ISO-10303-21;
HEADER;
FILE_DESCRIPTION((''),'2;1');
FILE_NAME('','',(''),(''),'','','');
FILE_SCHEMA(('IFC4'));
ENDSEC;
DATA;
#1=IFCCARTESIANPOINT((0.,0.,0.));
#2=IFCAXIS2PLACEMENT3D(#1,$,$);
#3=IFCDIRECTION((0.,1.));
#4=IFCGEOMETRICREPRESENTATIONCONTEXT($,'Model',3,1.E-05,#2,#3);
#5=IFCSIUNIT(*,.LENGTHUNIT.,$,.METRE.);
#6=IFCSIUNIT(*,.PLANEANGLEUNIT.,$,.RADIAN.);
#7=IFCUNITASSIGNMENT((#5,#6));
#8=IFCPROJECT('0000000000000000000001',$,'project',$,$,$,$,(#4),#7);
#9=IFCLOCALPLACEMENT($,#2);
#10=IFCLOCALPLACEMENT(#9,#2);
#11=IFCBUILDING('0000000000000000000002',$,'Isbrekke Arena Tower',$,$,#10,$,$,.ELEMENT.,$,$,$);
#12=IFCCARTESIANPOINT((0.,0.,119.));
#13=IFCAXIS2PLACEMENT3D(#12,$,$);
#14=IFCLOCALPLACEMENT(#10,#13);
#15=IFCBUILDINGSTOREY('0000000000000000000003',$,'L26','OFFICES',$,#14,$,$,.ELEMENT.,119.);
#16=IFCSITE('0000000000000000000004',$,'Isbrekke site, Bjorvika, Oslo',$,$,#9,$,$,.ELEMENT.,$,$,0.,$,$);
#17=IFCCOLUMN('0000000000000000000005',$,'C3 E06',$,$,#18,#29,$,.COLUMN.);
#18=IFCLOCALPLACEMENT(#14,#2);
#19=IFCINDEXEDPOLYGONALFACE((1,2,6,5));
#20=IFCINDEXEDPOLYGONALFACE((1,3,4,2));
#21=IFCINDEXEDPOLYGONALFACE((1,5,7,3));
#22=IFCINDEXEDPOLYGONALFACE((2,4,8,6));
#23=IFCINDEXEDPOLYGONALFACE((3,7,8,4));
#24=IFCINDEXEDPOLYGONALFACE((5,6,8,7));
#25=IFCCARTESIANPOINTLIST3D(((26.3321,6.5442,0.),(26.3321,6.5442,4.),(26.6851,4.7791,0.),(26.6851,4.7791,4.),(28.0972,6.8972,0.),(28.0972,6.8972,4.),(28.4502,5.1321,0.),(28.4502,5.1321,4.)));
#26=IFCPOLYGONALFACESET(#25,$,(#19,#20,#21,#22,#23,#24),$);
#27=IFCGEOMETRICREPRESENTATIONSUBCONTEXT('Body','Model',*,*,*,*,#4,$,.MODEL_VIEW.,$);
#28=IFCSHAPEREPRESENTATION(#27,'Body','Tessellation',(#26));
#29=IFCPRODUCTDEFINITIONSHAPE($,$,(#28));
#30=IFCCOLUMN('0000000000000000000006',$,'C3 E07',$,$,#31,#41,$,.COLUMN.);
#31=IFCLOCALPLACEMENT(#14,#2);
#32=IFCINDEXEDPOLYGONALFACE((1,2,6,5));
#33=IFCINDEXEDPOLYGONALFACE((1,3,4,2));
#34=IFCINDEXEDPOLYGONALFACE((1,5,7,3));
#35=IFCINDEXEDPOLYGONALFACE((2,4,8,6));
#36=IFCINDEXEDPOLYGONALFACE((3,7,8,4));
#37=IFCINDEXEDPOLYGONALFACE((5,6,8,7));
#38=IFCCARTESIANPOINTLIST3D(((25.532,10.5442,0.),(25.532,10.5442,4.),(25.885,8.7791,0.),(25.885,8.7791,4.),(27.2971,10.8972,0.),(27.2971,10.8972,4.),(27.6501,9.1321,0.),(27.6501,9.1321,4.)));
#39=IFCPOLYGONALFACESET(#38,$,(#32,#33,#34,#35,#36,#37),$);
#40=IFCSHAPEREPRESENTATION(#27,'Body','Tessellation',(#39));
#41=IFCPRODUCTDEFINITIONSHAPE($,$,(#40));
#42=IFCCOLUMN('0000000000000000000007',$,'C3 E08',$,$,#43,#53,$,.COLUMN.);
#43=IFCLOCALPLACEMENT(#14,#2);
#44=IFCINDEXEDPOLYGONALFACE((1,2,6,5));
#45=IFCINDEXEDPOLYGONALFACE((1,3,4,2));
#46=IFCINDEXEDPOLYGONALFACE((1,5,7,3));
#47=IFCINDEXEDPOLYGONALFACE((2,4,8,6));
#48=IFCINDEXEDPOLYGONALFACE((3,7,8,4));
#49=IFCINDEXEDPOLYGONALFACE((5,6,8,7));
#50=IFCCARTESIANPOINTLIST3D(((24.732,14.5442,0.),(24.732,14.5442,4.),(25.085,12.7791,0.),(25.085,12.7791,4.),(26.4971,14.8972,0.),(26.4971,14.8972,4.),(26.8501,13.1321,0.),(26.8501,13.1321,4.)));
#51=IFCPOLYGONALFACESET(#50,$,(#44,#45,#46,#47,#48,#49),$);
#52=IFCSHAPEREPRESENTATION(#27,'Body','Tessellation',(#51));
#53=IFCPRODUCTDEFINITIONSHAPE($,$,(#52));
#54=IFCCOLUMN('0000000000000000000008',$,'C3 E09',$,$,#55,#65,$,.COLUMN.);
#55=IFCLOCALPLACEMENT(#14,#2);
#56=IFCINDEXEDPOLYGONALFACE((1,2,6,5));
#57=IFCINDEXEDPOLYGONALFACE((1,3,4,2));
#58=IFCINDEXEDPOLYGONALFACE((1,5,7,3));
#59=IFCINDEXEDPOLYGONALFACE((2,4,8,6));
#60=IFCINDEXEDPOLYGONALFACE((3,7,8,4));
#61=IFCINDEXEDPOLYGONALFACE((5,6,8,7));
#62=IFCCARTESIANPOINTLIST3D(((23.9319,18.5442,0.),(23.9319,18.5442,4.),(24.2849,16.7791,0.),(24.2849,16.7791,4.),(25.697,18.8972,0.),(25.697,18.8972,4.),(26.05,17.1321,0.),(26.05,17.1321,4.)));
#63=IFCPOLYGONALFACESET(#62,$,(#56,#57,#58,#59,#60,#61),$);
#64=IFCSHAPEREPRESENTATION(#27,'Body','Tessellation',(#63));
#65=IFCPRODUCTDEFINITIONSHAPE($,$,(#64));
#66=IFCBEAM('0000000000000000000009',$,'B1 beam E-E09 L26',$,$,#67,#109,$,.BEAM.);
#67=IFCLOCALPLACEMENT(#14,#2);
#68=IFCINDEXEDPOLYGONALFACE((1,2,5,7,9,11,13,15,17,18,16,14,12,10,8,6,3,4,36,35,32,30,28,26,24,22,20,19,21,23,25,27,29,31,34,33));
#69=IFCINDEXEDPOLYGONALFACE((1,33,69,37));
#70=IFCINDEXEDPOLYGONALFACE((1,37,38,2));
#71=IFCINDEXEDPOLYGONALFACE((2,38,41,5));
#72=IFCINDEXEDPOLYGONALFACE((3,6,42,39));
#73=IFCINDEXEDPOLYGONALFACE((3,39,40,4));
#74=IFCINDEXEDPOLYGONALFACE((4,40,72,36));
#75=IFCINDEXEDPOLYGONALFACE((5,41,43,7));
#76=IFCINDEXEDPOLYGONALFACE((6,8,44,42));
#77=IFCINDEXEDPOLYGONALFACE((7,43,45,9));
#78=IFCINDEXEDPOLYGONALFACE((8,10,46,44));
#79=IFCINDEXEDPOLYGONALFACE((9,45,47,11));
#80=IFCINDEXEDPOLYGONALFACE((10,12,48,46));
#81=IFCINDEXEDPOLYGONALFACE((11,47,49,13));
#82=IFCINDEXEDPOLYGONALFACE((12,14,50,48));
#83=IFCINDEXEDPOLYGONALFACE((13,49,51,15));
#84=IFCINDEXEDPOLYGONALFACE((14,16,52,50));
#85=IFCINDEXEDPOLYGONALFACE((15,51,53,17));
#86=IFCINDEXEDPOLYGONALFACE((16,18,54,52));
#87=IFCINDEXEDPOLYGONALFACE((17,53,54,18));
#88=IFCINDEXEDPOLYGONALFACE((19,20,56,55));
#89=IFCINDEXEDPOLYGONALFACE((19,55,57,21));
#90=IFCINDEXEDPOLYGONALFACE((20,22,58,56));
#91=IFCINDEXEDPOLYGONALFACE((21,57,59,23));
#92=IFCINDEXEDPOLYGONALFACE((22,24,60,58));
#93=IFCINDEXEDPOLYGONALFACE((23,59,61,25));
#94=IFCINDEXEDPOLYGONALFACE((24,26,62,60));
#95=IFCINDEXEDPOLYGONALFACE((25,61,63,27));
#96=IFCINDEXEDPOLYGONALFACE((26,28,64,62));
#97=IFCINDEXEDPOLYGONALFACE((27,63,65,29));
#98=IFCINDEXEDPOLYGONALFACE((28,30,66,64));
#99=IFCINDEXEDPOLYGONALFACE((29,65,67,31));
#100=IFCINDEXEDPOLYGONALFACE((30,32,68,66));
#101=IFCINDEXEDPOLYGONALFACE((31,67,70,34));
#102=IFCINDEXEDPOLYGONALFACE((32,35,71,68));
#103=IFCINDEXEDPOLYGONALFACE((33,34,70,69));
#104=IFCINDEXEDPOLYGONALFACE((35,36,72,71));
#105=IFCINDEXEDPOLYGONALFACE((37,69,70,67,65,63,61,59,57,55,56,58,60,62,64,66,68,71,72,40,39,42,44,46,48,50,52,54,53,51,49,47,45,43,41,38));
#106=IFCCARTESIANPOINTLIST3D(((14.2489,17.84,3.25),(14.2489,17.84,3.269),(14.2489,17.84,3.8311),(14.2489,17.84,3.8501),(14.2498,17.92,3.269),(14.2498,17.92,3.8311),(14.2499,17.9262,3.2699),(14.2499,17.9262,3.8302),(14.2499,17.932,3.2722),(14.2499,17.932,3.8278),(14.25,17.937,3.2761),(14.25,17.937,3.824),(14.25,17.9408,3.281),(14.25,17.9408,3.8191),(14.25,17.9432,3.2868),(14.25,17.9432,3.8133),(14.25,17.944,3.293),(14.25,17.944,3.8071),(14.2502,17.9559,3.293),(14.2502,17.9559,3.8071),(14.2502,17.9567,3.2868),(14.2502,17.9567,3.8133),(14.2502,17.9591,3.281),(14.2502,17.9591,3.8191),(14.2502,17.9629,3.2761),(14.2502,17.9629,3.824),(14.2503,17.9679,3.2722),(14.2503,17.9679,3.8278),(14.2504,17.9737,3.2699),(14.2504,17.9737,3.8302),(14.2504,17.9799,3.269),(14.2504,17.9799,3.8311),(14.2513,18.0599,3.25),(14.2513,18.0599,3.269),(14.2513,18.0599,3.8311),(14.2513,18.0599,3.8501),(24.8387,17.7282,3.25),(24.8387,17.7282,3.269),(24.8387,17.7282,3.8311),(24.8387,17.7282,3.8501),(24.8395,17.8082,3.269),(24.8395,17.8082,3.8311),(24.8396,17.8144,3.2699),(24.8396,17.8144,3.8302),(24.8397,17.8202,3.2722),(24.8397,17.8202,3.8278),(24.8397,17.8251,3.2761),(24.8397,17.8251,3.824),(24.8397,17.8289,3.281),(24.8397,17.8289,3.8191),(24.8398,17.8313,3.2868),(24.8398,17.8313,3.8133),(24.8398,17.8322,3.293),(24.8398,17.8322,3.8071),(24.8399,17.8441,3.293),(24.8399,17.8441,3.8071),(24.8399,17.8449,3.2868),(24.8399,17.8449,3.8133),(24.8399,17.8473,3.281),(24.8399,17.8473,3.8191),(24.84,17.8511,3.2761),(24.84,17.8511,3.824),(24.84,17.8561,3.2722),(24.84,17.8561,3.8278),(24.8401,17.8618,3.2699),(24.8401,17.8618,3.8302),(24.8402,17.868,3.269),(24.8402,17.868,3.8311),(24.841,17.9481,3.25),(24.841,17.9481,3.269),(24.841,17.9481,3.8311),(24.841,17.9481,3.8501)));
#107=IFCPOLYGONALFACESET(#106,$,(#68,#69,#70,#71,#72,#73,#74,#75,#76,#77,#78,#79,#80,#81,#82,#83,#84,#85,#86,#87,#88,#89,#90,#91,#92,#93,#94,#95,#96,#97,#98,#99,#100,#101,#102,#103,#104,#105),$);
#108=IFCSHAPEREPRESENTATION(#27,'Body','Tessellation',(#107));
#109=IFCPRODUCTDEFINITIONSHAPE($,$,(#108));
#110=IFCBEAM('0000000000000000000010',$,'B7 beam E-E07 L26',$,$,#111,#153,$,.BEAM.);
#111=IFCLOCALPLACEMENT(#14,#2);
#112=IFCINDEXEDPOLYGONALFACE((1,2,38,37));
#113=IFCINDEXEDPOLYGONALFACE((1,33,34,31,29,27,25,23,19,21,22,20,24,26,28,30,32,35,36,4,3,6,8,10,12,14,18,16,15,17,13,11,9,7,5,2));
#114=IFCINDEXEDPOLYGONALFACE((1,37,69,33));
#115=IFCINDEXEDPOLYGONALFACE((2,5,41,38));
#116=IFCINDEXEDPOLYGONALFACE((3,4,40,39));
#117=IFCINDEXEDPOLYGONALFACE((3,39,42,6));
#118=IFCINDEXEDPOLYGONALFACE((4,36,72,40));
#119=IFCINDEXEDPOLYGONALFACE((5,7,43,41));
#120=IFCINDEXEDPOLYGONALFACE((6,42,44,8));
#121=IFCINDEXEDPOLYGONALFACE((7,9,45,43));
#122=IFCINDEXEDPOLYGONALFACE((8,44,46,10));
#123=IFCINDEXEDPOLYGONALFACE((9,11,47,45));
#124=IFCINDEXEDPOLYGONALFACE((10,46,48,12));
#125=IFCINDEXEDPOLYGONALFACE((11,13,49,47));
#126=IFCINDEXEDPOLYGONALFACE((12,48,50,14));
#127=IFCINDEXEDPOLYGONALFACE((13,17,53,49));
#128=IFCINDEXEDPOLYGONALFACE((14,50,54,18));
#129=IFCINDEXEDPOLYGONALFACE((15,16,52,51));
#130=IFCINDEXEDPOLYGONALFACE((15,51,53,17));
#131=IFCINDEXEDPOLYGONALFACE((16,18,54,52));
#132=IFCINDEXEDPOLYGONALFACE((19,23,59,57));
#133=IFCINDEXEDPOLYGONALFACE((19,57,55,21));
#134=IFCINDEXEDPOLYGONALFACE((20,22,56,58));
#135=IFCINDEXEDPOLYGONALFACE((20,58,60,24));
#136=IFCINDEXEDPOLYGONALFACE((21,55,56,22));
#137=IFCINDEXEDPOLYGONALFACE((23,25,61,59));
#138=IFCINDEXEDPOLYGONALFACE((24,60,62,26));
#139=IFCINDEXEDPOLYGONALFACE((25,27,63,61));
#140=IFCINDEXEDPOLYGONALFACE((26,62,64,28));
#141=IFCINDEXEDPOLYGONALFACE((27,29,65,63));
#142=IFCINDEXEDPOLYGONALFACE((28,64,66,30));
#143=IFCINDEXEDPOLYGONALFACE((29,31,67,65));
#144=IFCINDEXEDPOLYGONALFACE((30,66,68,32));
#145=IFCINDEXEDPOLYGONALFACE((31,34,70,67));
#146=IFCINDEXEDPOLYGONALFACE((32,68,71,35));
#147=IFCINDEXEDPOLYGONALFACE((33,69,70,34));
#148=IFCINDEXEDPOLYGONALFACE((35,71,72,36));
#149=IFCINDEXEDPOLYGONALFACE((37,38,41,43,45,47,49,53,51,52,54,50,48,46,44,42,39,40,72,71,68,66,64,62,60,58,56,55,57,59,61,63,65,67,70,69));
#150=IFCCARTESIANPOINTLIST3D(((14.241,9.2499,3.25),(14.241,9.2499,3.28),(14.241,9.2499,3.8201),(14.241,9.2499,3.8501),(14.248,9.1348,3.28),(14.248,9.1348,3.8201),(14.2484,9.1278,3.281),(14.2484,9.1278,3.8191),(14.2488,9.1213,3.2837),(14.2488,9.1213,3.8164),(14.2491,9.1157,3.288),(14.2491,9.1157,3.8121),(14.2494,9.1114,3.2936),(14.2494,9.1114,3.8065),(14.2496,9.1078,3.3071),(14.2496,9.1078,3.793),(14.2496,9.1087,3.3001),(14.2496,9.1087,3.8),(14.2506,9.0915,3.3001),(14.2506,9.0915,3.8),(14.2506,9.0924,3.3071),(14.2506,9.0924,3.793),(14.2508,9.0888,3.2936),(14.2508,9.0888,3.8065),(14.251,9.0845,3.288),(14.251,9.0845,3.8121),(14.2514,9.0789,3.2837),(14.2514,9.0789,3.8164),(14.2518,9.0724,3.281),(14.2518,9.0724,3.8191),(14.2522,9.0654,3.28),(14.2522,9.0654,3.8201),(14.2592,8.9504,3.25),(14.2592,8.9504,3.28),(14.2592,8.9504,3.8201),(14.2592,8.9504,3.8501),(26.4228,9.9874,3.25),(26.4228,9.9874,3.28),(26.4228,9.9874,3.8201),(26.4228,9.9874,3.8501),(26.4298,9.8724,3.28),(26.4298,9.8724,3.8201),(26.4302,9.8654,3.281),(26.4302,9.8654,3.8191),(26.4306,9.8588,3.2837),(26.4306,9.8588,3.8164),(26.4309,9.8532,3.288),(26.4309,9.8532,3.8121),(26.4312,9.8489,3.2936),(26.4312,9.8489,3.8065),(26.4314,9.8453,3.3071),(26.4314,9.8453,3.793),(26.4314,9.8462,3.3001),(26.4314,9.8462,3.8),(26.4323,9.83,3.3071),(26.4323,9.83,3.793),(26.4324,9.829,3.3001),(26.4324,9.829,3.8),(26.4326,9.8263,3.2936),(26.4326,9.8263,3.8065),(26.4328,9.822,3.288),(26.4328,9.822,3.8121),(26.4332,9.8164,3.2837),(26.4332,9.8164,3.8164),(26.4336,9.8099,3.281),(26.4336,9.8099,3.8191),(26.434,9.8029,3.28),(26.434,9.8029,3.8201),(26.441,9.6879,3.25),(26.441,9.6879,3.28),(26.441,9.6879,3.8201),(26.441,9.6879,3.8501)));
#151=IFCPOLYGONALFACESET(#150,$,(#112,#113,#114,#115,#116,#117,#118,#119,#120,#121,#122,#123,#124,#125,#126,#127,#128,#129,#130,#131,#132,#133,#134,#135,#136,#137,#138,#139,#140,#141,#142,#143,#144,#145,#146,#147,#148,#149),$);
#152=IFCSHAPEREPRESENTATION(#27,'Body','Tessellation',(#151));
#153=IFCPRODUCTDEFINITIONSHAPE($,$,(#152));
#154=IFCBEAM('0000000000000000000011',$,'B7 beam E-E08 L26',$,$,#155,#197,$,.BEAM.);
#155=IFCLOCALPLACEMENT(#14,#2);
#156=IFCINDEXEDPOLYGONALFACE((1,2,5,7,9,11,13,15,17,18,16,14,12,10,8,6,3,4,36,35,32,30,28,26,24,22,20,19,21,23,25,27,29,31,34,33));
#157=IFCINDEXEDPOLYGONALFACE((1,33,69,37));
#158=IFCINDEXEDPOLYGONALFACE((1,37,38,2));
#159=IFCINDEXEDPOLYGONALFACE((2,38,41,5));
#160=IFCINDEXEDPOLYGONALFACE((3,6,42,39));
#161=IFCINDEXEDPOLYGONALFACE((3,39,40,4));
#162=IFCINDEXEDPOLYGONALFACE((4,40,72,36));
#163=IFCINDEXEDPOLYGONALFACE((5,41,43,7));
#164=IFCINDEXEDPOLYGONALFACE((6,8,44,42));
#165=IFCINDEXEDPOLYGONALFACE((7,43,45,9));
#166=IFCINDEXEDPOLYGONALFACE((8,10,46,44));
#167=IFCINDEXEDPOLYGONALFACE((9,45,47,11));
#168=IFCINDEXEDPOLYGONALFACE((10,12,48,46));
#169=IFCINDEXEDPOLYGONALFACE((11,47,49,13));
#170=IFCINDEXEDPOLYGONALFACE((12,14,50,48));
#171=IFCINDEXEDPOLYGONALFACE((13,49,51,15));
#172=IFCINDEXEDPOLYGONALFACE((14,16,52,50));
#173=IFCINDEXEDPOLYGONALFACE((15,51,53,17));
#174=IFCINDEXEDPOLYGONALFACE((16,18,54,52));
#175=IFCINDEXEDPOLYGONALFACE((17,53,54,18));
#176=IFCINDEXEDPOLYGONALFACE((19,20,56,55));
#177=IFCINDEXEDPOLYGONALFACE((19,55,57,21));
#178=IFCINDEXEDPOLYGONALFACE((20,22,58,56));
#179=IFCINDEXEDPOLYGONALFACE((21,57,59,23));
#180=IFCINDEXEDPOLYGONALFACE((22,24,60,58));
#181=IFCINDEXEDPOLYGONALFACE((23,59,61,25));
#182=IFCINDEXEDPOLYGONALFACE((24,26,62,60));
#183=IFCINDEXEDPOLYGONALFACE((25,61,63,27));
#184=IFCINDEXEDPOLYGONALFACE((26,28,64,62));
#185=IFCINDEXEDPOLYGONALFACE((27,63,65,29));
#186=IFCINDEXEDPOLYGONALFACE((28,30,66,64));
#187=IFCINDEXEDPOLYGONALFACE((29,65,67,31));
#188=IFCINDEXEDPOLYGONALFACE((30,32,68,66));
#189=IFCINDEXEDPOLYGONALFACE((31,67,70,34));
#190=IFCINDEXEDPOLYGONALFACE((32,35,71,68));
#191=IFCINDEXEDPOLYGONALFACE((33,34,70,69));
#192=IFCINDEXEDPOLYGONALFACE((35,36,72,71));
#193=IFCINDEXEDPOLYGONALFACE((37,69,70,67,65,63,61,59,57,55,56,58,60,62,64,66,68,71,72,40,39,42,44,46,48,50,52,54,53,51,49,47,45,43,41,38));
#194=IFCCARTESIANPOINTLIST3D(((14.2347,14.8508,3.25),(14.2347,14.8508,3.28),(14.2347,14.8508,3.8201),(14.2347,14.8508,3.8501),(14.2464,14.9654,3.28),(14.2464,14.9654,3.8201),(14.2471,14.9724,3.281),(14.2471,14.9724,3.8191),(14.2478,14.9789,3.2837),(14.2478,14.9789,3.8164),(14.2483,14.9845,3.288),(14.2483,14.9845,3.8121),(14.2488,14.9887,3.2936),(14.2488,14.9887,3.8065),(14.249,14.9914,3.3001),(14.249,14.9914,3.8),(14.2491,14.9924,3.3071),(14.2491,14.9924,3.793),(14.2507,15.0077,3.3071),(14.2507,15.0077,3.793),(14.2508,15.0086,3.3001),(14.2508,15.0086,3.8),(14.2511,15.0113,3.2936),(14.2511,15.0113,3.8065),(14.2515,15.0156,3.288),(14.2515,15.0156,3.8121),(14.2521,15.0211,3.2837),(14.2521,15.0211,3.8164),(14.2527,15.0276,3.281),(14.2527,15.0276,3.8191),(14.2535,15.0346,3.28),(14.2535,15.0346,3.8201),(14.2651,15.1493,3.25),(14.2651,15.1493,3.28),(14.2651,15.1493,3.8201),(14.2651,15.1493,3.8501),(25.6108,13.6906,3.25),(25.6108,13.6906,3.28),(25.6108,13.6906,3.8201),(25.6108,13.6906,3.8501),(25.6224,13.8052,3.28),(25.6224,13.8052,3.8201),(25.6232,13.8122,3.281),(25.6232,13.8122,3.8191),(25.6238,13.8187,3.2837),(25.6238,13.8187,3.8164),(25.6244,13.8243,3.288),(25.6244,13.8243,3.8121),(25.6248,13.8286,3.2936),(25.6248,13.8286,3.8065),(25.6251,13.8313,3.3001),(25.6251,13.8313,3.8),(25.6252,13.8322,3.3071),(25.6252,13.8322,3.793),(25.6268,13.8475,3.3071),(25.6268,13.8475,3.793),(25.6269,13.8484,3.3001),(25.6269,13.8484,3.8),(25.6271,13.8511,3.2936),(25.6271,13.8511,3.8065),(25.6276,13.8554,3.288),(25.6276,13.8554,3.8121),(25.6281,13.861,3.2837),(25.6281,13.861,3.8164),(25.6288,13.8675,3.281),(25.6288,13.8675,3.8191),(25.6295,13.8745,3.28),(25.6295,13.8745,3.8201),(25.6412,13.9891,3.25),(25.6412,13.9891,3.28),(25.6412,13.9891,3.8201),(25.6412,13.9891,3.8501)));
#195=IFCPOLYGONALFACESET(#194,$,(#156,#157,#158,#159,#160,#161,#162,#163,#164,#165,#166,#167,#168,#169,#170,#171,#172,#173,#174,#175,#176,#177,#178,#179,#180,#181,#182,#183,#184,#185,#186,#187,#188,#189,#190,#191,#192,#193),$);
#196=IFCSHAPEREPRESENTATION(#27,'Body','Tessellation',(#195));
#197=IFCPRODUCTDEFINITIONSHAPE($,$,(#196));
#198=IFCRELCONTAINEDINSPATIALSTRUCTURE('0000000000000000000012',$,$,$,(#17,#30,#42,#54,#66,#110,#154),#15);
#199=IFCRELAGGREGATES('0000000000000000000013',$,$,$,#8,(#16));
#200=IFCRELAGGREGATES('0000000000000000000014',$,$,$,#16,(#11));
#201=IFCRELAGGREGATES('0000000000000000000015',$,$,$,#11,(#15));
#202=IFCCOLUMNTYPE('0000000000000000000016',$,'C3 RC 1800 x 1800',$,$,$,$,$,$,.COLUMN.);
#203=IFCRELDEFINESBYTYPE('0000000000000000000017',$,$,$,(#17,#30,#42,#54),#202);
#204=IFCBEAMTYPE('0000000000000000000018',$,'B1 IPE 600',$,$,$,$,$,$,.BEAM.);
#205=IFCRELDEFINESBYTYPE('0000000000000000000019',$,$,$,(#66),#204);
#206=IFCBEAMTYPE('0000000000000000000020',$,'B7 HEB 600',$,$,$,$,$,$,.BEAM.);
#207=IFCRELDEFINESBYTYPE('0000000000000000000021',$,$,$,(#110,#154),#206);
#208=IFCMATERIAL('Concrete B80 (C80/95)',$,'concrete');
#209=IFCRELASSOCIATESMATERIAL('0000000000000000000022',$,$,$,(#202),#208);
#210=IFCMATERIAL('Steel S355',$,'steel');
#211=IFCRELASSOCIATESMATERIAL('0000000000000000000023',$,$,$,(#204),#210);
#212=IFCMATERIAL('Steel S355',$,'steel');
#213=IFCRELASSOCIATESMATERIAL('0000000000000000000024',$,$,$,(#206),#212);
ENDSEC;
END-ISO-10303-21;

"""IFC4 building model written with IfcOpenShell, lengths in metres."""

from ifc_helpers import new_model, si_unit, direction, frame, origin, origin_2d, place, context, subcontext, project, spatial, rectangle, i_section, extrude, material, material_profile, profile_set, type_object, element, save


model = new_model("IFC4")

# Units and contexts
model_context = context("Model", 3, precision=1e-05, world=origin(), true_north=direction((0.0, 1.0)))
body_context = subcontext(model_context, "Body", "Model", "MODEL_VIEW")
ifc_project = project(units=[si_unit("LENGTHUNIT", "METRE"), si_unit("PLANEANGLEUNIT", "RADIAN")], contexts=[model_context])

# Site, building, storey
site_placement = place(None, origin())
site = spatial("IfcSite", under=ifc_project, at=site_placement, Name="Isbrekke site, Bjorvika, Oslo", CompositionType="ELEMENT", RefElevation=0.0)
building_placement = place(site_placement, origin())
building = spatial("IfcBuilding", under=site, at=building_placement, Name="Isbrekke Arena Tower", CompositionType="ELEMENT")
storey_placement = place(building_placement, frame((0.0, 0.0, 119.0)))
storey = spatial("IfcBuildingStorey", under=building, at=storey_placement, Name="L26", Description="OFFICES", CompositionType="ELEMENT", Elevation=119.0)

# Columns
ifc_material_1 = material(Name="Concrete B80 (C80/95)", Category="concrete")
ifc_material_profile_1 = material_profile(ifc_material_1, rectangle(XDim=1.8, YDim=1.8, at=origin_2d()), Name="RC 1800x1800")
ifc_profile_set_1 = profile_set([ifc_material_profile_1], Name="Concrete B80 (C80/95)")
column_type = type_object("IfcColumnType", Name="C3 RC 1800 x 1800", PredefinedType="COLUMN", material=ifc_profile_set_1)
for number, where, z_axis, x_axis, name in (
    (1, (27.3911, 5.8381, 0.0), (0.0, 0.0, 1.0), (-0.196116, 0.980581, 0.0), "C3 E06"),
    (2, (26.5911, 9.8381, 0.0), (0.0, 0.0, 1.0), (-0.196116, 0.980581, 0.0), "C3 E07"),
    (3, (25.791, 13.8381, 0.0), (0.0, 0.0, 1.0), (-0.196116, 0.980581, 0.0), "C3 E08"),
    (4, (24.991, 17.8381, 0.0), (0.0, 0.0, 1.0), (-0.196116, 0.980581, 0.0), "C3 E09"),
):
    element("IfcColumn", number, at=place(storey_placement, frame(where, z_axis=z_axis, x_axis=x_axis)), inside=storey, type_object=column_type, Name=name, PredefinedType="COLUMN", context=body_context, shape_type="SweptSolid", body=[
        extrude(rectangle(XDim=1.8, YDim=1.8, at=origin_2d()), origin(), (0.0, 0.0, 1.0), 4.0),
    ])

# Beams
ifc_material_2 = material(Name="Steel S355", Category="steel")
ifc_material_profile_2 = material_profile(ifc_material_2, i_section(OverallWidth=0.22, OverallDepth=0.6001, WebThickness=0.012, FlangeThickness=0.019, FilletRadius=0.0239, at=origin_2d()), Name="IPE 600")
ifc_profile_set_2 = profile_set([ifc_material_profile_2], Name="Steel S355")
beam_type_1 = type_object("IfcBeamType", Name="B1 IPE 600", PredefinedType="BEAM", material=ifc_profile_set_2)
beam_1_placement = place(storey_placement, frame((24.8398, 17.8381, 3.55), z_axis=(-0.999944, 0.010558, 0.0), x_axis=(-0.010558, -0.999944, 0.0)))
element("IfcBeam", 5, at=beam_1_placement, inside=storey, type_object=beam_type_1, Name="B1 beam E-E09 L26", PredefinedType="BEAM", context=body_context, shape_type="SweptSolid", body=[
    extrude(i_section(OverallWidth=0.22, OverallDepth=0.6001, WebThickness=0.012, FlangeThickness=0.019, FilletRadius=0.0239, at=origin_2d()), origin(), (0.0, 0.0, 1.0), 10.5903),
])
ifc_material_3 = material(Name="Steel S355", Category="steel")
ifc_material_profile_3 = material_profile(ifc_material_3, i_section(OverallWidth=0.3, OverallDepth=0.6001, WebThickness=0.0154, FlangeThickness=0.03, FilletRadius=0.0271, at=origin_2d()), Name="HEB 600")
ifc_profile_set_3 = profile_set([ifc_material_profile_3], Name="Steel S355")
beam_type_2 = type_object("IfcBeamType", Name="B7 HEB 600", PredefinedType="BEAM", material=ifc_profile_set_3)
beam_2_placement = place(storey_placement, frame((26.4319, 9.8376, 3.55), z_axis=(-0.998172, -0.060434, 0.0), x_axis=(0.060434, -0.998172, 0.0)))
element("IfcBeam", 6, at=beam_2_placement, inside=storey, type_object=beam_type_2, Name="B7 beam E-E07 L26", PredefinedType="BEAM", context=body_context, shape_type="SweptSolid", body=[
    extrude(i_section(OverallWidth=0.3, OverallDepth=0.6001, WebThickness=0.0154, FlangeThickness=0.03, FilletRadius=0.0271, at=origin_2d()), origin(), (0.0, 0.0, 1.0), 12.2041),
])
beam_3_placement = place(storey_placement, frame((25.626, 13.8398, 3.55), z_axis=(-0.99484, 0.101457, 0.0), x_axis=(-0.101457, -0.99484, 0.0)))
element("IfcBeam", 7, at=beam_3_placement, inside=storey, type_object=beam_type_2, Name="B7 beam E-E08 L26", PredefinedType="BEAM", context=body_context, shape_type="SweptSolid", body=[
    extrude(i_section(OverallWidth=0.3, OverallDepth=0.6001, WebThickness=0.0154, FlangeThickness=0.03, FilletRadius=0.0271, at=origin_2d()), origin(), (0.0, 0.0, 1.0), 11.4351),
])

save(model, "model.ifc")
